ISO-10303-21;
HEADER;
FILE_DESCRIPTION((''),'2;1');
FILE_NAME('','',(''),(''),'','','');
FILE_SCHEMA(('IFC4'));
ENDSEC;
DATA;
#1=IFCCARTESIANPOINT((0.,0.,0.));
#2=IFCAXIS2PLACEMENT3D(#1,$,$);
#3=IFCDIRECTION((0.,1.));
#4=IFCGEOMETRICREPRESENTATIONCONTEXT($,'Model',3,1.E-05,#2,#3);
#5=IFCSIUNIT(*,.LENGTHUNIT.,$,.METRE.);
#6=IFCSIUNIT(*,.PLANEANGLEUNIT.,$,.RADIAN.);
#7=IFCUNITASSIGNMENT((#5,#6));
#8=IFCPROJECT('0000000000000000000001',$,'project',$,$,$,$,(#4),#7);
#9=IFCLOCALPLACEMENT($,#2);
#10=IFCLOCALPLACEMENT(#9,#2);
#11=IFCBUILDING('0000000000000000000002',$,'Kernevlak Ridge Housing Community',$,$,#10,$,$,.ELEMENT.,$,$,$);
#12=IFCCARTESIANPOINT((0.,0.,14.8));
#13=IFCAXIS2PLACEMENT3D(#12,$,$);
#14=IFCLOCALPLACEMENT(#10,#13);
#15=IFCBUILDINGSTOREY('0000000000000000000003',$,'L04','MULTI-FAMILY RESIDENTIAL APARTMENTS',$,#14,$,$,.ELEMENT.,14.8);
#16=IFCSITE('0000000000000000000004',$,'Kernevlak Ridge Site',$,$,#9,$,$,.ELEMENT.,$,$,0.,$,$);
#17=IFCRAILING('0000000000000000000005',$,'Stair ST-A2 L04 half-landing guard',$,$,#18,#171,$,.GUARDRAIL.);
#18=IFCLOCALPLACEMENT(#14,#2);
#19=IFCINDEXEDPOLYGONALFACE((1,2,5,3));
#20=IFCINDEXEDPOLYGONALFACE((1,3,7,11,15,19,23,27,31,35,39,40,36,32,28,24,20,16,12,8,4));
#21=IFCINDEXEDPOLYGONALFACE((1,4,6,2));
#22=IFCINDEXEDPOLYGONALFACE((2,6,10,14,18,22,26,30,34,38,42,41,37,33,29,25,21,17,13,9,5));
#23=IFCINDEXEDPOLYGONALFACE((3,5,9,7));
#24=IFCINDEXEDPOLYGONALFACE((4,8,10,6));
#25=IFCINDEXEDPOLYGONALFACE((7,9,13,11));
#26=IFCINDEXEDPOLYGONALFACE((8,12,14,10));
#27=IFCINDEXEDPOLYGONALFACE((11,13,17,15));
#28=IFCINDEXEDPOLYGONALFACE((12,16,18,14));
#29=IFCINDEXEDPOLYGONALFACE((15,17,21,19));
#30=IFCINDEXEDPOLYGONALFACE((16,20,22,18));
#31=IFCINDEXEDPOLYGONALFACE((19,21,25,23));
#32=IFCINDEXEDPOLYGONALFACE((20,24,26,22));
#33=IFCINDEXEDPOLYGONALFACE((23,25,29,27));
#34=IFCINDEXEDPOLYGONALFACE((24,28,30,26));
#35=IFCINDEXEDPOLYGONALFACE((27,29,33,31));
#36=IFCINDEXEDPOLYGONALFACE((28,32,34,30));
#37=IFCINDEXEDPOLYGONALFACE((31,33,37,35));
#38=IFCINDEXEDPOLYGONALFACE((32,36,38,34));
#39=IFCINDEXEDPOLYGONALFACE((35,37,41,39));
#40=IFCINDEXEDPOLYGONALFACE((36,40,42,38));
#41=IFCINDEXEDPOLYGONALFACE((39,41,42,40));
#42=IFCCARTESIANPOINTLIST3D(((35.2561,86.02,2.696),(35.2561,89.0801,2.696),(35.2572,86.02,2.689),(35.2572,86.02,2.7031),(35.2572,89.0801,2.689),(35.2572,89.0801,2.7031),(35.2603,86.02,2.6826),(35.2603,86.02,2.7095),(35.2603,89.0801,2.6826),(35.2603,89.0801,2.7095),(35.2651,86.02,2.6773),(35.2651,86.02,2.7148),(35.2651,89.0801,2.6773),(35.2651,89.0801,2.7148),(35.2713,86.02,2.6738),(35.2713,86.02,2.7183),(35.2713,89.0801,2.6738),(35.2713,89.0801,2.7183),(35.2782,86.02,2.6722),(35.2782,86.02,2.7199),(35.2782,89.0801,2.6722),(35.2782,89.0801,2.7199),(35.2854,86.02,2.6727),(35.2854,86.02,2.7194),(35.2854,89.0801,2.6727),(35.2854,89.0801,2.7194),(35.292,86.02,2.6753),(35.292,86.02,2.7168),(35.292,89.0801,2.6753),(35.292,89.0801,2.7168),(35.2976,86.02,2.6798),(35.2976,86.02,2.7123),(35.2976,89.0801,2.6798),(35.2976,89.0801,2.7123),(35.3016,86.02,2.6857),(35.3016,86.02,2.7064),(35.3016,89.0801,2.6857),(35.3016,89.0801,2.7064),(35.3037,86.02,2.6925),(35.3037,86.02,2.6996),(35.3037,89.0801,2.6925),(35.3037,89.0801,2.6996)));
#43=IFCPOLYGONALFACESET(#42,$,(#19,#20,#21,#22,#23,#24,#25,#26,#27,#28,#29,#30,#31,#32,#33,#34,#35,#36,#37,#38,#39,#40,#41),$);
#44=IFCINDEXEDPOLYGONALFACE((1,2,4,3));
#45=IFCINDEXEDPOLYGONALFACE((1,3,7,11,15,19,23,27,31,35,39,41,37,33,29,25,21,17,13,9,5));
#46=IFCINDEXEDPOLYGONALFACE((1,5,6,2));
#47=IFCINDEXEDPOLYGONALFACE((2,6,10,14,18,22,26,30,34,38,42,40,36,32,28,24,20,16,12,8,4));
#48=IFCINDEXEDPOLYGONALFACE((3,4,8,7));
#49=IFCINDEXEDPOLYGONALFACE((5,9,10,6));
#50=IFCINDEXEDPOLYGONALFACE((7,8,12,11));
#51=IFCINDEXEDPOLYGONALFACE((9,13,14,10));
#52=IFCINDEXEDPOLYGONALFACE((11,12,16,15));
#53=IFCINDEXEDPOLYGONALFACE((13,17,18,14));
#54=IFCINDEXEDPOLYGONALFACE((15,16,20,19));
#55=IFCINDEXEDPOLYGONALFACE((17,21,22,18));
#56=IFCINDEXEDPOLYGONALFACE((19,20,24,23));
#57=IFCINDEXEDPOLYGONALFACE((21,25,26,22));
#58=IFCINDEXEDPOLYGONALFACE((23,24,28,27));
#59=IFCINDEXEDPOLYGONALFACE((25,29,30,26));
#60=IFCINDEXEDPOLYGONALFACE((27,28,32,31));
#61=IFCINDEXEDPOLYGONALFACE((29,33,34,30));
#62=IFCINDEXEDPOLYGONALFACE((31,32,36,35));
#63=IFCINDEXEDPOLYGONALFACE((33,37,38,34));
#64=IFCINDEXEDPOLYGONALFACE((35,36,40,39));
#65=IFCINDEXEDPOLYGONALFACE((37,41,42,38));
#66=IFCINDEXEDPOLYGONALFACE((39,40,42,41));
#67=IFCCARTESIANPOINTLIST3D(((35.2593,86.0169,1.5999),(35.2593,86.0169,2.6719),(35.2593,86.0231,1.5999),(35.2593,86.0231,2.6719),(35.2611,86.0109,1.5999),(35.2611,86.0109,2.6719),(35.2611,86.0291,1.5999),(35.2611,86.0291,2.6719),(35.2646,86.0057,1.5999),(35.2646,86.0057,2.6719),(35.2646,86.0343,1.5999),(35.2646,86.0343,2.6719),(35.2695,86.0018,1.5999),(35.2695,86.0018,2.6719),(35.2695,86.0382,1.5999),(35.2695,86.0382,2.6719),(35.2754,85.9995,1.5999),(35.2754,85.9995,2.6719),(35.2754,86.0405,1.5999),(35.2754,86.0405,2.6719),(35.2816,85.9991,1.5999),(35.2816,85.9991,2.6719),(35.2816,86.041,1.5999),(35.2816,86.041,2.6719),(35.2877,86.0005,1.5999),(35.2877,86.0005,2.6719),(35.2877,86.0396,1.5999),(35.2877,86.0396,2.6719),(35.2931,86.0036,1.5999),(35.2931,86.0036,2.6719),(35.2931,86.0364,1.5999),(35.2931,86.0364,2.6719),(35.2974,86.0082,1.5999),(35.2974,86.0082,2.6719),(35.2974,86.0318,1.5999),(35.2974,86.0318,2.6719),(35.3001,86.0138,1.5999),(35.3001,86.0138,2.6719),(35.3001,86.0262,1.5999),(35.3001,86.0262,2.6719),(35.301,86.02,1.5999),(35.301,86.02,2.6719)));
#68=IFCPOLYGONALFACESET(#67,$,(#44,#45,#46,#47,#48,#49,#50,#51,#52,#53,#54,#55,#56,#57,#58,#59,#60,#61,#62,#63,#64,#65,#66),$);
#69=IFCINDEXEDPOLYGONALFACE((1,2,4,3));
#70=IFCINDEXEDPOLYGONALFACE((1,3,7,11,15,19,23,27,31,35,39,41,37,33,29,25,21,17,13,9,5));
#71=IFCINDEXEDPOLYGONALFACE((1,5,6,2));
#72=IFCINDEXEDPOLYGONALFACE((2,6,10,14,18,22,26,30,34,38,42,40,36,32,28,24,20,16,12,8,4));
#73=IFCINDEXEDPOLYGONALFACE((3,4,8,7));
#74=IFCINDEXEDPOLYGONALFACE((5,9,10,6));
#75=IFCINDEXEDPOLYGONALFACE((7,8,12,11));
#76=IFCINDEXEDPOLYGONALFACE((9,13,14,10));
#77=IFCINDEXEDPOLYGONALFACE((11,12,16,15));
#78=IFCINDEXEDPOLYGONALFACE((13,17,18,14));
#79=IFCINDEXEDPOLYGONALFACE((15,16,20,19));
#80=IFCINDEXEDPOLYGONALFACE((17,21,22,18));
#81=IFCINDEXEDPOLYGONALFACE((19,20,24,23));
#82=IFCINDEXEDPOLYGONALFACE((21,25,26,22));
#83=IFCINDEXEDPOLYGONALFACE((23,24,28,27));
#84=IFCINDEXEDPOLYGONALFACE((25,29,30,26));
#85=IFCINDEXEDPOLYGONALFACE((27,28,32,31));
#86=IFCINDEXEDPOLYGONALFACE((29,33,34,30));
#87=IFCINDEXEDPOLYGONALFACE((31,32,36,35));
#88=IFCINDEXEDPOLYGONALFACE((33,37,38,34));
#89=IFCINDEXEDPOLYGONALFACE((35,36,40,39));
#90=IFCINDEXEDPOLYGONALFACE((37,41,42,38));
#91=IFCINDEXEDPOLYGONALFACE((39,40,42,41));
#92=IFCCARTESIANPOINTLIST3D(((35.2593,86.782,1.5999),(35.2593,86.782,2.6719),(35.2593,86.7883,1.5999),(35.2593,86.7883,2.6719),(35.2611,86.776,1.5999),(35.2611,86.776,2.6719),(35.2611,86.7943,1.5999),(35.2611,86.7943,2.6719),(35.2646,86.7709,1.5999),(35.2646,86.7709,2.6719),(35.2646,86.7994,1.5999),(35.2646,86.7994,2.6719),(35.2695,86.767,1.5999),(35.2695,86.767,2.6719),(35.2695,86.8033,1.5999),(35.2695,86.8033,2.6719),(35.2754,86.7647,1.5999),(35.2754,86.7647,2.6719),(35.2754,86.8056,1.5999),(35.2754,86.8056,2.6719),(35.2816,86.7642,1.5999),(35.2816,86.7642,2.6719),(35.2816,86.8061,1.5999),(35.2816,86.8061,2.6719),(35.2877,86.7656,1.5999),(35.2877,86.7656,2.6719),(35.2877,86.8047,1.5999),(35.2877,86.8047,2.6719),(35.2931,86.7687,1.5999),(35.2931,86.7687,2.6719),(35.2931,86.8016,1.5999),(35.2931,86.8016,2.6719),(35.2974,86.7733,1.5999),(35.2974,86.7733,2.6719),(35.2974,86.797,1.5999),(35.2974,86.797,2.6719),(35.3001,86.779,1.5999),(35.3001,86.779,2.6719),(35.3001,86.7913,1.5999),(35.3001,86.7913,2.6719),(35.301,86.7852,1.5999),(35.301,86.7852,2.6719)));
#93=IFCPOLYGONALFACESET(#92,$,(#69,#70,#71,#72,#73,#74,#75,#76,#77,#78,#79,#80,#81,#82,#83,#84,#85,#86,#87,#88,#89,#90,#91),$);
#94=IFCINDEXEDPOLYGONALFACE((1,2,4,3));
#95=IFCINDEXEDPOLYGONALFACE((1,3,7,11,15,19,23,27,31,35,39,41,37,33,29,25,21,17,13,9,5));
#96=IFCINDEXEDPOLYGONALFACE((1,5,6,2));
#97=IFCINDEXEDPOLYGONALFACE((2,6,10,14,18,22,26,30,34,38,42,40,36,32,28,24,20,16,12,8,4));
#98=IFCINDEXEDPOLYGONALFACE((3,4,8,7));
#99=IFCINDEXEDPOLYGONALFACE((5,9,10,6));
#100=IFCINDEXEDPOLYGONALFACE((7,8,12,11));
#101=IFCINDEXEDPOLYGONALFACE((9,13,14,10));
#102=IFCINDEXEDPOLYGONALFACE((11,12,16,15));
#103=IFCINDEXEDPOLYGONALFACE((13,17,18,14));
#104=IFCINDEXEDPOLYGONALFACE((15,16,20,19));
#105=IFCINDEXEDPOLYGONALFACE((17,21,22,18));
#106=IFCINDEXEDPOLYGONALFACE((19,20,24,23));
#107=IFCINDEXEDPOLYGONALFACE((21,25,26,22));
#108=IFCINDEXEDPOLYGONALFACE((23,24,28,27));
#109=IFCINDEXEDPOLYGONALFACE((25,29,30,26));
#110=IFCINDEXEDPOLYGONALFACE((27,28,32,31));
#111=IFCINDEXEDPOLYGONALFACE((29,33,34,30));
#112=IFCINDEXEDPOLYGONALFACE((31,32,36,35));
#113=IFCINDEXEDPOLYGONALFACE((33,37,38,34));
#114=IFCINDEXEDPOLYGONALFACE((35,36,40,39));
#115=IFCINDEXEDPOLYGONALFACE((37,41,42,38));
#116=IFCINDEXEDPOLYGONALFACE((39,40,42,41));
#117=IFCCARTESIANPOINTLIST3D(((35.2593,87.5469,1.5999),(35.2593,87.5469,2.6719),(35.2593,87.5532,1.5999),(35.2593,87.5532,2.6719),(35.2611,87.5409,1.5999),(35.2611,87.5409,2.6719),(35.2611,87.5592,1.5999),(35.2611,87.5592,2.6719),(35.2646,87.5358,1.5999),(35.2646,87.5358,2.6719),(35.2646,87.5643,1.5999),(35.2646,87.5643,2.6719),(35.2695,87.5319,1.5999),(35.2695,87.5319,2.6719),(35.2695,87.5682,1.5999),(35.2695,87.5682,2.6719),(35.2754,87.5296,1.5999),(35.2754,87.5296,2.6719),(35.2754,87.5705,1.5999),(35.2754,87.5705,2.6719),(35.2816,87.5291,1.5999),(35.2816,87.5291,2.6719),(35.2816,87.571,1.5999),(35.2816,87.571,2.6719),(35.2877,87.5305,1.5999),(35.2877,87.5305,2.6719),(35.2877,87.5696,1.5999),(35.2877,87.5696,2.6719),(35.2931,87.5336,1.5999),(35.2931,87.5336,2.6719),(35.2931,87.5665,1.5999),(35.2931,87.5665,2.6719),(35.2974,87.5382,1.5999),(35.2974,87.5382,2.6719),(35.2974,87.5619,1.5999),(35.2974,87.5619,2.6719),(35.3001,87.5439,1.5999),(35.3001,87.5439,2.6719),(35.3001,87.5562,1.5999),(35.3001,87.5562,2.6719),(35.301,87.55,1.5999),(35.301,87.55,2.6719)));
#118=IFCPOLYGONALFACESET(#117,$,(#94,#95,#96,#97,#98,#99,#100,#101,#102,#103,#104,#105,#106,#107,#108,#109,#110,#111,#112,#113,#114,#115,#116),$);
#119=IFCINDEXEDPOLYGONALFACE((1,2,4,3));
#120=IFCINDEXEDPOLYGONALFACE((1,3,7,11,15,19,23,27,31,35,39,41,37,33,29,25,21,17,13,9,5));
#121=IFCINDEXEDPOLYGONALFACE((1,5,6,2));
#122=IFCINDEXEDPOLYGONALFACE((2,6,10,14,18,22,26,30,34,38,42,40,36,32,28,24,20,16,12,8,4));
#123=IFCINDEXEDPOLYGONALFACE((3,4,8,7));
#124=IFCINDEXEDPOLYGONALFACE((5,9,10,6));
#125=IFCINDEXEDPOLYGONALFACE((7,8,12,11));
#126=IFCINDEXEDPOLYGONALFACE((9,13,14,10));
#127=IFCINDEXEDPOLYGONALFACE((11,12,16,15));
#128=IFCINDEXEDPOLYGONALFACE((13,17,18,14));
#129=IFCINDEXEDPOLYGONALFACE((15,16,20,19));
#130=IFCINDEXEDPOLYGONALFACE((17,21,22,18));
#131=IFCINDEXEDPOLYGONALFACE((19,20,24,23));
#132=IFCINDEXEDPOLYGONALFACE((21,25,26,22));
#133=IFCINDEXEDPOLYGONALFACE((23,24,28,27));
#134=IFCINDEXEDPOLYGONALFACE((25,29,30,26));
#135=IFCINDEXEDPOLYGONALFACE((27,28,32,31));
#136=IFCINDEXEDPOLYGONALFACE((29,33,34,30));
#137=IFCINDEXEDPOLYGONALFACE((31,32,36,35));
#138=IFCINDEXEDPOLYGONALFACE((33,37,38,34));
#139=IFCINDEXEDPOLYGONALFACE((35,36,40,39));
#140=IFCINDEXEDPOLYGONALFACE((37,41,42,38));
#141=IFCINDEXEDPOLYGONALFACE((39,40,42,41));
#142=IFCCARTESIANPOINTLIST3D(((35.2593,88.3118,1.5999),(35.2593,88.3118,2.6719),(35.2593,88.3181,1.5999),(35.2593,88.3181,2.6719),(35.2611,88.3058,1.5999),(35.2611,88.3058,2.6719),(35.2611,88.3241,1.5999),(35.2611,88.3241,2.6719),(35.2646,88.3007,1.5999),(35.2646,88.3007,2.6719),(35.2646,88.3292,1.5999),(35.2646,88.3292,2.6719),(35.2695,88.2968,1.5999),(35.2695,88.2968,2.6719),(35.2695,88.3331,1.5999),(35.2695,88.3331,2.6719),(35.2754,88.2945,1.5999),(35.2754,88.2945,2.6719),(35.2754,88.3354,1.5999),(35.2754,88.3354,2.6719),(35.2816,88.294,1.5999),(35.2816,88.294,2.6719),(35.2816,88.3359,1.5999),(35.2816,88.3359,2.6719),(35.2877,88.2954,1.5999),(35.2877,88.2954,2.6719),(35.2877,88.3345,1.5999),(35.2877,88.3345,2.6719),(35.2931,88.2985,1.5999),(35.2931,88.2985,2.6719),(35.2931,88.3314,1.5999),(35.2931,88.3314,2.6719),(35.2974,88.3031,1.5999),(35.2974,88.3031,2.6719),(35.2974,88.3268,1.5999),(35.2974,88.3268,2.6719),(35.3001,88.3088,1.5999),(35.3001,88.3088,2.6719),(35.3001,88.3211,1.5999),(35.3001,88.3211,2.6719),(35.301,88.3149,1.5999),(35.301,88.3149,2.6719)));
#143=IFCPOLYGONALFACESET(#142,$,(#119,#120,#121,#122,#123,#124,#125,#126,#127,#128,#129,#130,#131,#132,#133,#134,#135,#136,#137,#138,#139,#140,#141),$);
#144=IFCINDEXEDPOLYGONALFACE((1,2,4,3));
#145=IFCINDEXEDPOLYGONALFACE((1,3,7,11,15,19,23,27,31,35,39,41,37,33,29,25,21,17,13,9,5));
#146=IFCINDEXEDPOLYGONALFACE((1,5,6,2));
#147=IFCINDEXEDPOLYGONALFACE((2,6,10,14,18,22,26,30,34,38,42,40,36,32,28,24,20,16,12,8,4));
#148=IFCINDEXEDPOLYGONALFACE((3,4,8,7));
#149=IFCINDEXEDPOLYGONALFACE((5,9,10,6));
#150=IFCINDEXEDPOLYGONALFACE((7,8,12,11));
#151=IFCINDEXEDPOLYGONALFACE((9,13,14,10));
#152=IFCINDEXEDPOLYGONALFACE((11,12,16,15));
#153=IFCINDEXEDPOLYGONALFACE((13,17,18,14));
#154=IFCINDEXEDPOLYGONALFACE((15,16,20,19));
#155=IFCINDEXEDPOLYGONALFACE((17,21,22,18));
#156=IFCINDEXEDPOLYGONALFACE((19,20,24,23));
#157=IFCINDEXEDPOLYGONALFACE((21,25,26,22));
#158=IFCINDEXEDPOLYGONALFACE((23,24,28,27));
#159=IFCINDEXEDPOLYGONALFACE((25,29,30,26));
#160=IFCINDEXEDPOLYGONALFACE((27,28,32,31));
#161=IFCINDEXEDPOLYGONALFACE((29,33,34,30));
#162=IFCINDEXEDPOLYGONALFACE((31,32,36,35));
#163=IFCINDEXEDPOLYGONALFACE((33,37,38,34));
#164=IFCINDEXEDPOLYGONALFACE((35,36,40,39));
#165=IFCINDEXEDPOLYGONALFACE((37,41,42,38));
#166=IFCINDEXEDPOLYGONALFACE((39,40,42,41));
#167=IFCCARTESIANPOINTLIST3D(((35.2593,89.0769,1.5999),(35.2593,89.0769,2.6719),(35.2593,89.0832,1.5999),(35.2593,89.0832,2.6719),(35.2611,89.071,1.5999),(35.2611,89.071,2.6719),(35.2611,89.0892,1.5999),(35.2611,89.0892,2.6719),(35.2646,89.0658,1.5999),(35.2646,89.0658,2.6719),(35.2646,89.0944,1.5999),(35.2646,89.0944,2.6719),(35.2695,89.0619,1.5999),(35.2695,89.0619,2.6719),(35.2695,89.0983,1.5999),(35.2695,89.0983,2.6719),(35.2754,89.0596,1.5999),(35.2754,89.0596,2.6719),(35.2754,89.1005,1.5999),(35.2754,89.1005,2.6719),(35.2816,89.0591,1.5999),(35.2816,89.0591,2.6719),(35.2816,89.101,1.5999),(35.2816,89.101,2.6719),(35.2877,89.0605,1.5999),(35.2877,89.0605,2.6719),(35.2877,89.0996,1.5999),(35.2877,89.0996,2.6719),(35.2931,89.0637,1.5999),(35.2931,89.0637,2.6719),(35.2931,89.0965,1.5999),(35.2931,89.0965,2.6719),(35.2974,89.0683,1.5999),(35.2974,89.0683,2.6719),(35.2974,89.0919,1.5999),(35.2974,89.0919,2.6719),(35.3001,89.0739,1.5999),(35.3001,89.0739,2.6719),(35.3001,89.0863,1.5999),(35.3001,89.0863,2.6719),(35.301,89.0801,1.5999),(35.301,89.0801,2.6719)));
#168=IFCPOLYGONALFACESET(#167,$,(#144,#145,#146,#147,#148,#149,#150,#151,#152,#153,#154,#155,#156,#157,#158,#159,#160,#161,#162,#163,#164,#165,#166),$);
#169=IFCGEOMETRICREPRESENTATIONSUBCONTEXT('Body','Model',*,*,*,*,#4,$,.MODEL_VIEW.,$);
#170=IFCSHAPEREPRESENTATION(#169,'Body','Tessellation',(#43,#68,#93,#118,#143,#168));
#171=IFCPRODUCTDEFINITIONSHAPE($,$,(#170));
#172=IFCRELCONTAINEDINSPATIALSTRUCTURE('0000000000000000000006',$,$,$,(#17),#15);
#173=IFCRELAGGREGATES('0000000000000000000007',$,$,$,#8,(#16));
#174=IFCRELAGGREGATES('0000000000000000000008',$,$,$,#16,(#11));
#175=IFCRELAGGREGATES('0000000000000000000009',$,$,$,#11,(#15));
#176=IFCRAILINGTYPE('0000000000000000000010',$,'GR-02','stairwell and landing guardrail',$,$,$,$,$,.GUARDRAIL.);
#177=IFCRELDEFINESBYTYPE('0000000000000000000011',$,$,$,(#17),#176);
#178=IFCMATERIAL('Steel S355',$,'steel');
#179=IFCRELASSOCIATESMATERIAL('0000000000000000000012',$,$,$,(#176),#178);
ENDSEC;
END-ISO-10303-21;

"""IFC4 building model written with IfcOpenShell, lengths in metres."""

from ifc_helpers import new_model, si_unit, direction, frame, origin, origin_2d, place, context, subcontext, project, spatial, circle, extrude, material, type_object, element, save


model = new_model("IFC4")

# Units and contexts
model_context = context("Model", 3, precision=1e-05, world=origin(), true_north=direction((0.0, 1.0)))
body_context = subcontext(model_context, "Body", "Model", "MODEL_VIEW")
ifc_project = project(units=[si_unit("LENGTHUNIT", "METRE"), si_unit("PLANEANGLEUNIT", "RADIAN")], contexts=[model_context])

# Site, building, storey
site_placement = place(None, origin())
site = spatial("IfcSite", under=ifc_project, at=site_placement, Name="Kernevlak Ridge Site", CompositionType="ELEMENT", RefElevation=0.0)
building_placement = place(site_placement, origin())
building = spatial("IfcBuilding", under=site, at=building_placement, Name="Kernevlak Ridge Housing Community", CompositionType="ELEMENT")
storey_placement = place(building_placement, frame((0.0, 0.0, 14.8)))
storey = spatial("IfcBuildingStorey", under=building, at=storey_placement, Name="L04", Description="MULTI-FAMILY RESIDENTIAL APARTMENTS", CompositionType="ELEMENT", Elevation=14.8)

# Railing
ifc_material_1 = material(Name="Steel S355", Category="steel")
railing_type_1 = type_object("IfcRailingType", Name="GR-02", Description="stairwell and landing guardrail", PredefinedType="GUARDRAIL", material=ifc_material_1)
railing_1_placement = place(storey_placement, frame((35.28, 86.02, 1.5999)))
element("IfcRailing", 1, at=railing_1_placement, inside=storey, type_object=railing_type_1, Name="Stair ST-A2 L04 half-landing guard", PredefinedType="GUARDRAIL", context=body_context, shape_type="SweptSolid", body=[
    extrude(circle(Radius=0.0239, at=origin_2d()), frame((0.0, 0.0, 1.0962), z_axis=(0.0, 1.0, 0.0), x_axis=(-1.0, 0.0, 0.0)), (0.0, 0.0, 1.0), 3.0601),
    extrude(circle(Radius=0.021, at=origin_2d()), origin(), (0.0, 0.0, 1.0), 1.072),
    extrude(circle(Radius=0.021, at=origin_2d()), frame((0.0, 0.7651, 0.0)), (0.0, 0.0, 1.0), 1.072),
    extrude(circle(Radius=0.021, at=origin_2d()), frame((0.0, 1.53, 0.0)), (0.0, 0.0, 1.0), 1.072),
    extrude(circle(Radius=0.021, at=origin_2d()), frame((0.0, 2.2949, 0.0)), (0.0, 0.0, 1.0), 1.072),
    extrude(circle(Radius=0.021, at=origin_2d()), frame((0.0, 3.0601, 0.0)), (0.0, 0.0, 1.0), 1.072),
])

save(model, "model.ifc")
